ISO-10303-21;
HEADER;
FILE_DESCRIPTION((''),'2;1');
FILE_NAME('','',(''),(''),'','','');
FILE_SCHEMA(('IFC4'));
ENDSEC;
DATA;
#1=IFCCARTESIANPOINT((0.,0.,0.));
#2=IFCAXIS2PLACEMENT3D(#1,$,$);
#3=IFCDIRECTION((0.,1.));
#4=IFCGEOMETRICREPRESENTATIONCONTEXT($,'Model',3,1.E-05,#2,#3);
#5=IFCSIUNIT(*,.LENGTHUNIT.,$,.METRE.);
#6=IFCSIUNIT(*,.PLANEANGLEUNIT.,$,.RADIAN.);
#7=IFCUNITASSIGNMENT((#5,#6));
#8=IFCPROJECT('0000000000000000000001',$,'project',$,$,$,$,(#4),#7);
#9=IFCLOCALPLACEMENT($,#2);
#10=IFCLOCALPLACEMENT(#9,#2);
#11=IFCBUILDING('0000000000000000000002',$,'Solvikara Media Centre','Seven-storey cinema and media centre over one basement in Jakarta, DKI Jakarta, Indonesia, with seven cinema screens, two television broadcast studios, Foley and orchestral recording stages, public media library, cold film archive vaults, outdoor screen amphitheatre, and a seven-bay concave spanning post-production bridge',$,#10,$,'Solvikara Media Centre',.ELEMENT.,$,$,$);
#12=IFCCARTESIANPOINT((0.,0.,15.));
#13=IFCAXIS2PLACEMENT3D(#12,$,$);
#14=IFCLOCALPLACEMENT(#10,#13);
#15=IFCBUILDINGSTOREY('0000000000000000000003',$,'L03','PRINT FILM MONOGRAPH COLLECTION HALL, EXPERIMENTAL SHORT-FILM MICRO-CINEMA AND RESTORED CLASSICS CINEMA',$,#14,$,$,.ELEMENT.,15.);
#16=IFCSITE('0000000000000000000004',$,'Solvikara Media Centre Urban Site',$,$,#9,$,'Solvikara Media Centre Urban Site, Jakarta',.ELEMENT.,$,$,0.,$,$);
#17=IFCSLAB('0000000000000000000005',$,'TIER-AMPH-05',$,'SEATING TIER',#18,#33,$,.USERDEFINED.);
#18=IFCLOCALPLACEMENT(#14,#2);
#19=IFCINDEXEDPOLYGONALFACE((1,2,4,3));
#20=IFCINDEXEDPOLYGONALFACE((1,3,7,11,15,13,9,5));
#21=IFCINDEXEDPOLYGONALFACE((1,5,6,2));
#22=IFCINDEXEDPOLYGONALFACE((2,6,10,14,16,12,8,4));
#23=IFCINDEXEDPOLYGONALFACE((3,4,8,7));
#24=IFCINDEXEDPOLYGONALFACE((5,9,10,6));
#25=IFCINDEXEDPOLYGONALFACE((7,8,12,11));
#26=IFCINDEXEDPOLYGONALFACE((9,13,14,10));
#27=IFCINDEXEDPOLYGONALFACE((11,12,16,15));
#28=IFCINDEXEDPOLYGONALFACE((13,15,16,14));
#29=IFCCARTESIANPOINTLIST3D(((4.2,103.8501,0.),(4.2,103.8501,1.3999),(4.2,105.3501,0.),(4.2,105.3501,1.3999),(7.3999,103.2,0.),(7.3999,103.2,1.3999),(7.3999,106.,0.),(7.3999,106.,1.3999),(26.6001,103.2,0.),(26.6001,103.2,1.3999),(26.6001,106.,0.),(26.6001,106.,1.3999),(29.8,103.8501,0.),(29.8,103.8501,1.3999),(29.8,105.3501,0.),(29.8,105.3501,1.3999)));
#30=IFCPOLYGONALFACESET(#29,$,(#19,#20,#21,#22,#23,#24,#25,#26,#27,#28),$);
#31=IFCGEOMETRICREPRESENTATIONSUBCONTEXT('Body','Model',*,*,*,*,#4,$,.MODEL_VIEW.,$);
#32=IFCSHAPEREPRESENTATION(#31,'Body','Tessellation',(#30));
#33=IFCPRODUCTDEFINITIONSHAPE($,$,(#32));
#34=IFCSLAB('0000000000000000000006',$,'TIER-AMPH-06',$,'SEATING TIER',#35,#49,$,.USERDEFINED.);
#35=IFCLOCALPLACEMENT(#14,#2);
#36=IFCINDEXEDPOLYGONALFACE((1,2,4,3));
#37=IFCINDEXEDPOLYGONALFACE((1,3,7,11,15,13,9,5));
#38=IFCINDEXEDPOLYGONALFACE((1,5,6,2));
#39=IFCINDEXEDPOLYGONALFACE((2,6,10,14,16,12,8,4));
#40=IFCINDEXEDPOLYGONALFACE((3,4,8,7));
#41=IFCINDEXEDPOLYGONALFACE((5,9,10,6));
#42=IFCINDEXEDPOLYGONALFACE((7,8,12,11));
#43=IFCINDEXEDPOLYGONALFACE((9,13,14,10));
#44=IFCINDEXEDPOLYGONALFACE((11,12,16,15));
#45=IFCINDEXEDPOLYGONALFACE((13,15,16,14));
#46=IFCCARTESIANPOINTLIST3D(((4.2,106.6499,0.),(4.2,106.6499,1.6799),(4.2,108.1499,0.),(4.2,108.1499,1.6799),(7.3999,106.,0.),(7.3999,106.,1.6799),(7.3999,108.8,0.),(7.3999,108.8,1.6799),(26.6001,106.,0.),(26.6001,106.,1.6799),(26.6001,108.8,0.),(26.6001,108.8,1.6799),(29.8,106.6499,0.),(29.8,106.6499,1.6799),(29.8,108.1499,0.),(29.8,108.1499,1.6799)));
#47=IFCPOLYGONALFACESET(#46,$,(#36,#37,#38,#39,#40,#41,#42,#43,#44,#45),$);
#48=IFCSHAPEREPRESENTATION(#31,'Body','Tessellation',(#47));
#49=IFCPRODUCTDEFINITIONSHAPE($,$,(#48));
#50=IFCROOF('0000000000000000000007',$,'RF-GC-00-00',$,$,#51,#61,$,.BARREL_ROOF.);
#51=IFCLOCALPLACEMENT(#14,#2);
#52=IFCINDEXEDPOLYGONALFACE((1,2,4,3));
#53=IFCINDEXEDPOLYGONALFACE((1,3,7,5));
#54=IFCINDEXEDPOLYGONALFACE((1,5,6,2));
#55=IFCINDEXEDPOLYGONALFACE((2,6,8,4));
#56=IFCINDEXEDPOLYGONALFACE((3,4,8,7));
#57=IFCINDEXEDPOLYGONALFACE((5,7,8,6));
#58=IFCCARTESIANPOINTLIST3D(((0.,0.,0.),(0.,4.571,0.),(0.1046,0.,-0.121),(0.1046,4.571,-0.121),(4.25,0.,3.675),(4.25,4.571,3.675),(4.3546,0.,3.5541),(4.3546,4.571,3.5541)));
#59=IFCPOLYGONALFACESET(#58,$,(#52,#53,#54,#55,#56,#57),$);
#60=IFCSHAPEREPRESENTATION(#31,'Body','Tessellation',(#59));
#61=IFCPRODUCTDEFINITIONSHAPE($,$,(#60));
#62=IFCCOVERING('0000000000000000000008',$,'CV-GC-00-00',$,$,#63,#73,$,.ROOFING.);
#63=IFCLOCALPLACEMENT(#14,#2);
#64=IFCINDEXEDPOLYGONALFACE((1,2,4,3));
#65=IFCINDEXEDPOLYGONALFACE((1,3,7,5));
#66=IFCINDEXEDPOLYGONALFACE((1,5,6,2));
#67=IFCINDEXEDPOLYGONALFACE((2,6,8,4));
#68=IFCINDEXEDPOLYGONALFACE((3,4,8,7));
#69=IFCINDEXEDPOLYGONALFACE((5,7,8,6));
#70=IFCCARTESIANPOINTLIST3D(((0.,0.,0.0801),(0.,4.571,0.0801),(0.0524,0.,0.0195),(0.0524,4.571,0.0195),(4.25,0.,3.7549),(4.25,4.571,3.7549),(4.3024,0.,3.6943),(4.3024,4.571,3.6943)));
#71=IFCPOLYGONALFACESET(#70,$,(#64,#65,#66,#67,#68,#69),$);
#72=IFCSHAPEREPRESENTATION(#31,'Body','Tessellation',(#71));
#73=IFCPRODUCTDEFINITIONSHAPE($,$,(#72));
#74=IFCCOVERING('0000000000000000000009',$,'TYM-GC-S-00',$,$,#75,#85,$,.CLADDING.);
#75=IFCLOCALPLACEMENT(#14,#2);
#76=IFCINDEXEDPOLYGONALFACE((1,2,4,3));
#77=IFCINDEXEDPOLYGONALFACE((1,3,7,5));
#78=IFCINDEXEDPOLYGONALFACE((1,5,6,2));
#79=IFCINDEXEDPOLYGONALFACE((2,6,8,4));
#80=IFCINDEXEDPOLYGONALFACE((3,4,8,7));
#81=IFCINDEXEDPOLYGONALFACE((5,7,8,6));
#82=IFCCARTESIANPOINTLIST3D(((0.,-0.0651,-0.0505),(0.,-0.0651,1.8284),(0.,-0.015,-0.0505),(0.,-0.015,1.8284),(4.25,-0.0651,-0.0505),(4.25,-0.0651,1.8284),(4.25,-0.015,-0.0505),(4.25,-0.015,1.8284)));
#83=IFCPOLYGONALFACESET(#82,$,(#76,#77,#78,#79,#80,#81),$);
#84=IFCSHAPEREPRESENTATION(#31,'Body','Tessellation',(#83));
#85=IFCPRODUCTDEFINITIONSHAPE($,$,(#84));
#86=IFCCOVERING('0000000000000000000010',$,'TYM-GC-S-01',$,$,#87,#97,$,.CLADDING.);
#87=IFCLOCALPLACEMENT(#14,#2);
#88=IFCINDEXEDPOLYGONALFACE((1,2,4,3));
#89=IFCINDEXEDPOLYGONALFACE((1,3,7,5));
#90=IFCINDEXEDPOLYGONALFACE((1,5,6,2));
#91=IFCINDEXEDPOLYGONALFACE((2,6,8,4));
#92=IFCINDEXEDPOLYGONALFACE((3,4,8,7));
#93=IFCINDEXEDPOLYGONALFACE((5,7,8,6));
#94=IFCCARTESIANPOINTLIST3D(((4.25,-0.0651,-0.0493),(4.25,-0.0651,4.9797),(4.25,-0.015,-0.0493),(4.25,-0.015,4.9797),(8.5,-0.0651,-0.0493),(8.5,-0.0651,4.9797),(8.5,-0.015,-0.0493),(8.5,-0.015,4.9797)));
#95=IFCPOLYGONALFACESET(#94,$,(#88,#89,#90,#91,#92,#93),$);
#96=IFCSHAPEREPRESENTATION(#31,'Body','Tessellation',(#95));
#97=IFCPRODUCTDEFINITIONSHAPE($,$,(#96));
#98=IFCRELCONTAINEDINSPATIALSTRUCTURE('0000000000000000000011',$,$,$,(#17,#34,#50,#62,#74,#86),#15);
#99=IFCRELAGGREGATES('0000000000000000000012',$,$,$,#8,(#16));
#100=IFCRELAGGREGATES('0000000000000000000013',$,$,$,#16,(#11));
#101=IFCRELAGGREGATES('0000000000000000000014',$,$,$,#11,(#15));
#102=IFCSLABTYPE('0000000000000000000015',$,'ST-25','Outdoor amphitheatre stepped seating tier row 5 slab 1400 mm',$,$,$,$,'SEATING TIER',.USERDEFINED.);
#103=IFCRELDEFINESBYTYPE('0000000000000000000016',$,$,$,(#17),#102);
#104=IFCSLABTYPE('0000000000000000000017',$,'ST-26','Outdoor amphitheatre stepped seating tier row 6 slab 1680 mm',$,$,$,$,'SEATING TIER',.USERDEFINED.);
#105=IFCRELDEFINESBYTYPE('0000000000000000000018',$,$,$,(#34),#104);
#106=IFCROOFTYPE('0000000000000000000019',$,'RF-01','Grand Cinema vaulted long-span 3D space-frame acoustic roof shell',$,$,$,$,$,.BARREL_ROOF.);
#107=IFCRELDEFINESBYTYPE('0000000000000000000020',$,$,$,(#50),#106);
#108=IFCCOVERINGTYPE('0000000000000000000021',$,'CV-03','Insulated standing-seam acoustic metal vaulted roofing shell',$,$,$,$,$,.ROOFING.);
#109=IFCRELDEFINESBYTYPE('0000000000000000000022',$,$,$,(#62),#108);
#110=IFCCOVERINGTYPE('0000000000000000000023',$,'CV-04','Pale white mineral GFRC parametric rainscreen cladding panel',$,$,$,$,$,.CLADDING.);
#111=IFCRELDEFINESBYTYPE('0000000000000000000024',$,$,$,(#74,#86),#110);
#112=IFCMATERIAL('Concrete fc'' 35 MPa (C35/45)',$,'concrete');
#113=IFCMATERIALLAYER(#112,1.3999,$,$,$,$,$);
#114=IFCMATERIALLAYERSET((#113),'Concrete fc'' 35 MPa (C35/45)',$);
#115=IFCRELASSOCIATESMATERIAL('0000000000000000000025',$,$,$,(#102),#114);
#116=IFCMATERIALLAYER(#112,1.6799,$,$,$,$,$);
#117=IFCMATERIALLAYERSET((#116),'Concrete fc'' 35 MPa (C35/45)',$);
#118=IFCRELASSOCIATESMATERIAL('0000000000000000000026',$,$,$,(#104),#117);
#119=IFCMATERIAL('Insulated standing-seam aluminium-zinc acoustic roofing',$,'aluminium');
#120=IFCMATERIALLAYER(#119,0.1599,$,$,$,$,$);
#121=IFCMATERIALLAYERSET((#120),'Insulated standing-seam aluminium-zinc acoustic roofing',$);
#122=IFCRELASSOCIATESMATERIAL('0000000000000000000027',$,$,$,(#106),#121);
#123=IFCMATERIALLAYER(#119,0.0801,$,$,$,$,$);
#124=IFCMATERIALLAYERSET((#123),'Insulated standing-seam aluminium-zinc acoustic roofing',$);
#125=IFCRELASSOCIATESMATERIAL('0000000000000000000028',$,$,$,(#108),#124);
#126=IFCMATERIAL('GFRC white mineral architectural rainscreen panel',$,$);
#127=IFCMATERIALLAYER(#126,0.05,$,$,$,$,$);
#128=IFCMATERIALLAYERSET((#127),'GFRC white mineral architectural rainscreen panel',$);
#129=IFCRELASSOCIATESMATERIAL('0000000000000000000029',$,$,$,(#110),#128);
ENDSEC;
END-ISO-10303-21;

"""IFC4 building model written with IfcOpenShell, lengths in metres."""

from ifc_helpers import new_model, si_unit, direction, frame, origin, origin_2d, place, context, subcontext, project, spatial, polyline, rectangle, outline, extrude, material, layer, layer_set, type_object, element, save


model = new_model("IFC4")

# Units and contexts
model_context = context("Model", 3, precision=1e-05, world=origin(), true_north=direction((0.0, 1.0)))
body_context = subcontext(model_context, "Body", "Model", "MODEL_VIEW")
ifc_project = project(units=[si_unit("LENGTHUNIT", "METRE"), si_unit("PLANEANGLEUNIT", "RADIAN")], contexts=[model_context])

# Site, building, storey
site_placement = place(None, origin())
site = spatial("IfcSite", under=ifc_project, at=site_placement, Name="Solvikara Media Centre Urban Site", LongName="Solvikara Media Centre Urban Site, Jakarta", CompositionType="ELEMENT", RefElevation=0.0)
building_placement = place(site_placement, origin())
building = spatial("IfcBuilding", under=site, at=building_placement, Name="Solvikara Media Centre", Description="Seven-storey cinema and media centre over one basement in Jakarta, DKI Jakarta, Indonesia, with seven cinema screens, two television broadcast studios, Foley and orchestral recording stages, public media library, cold film archive vaults, outdoor screen amphitheatre, and a seven-bay concave spanning post-production bridge", LongName="Solvikara Media Centre", CompositionType="ELEMENT")
storey_placement = place(building_placement, frame((0.0, 0.0, 15.0)))
storey = spatial("IfcBuildingStorey", under=building, at=storey_placement, Name="L03", Description="PRINT FILM MONOGRAPH COLLECTION HALL, EXPERIMENTAL SHORT-FILM MICRO-CINEMA AND RESTORED CLASSICS CINEMA", CompositionType="ELEMENT", Elevation=15.0)

# Shared definitions
ifc_material_1 = material(Name="Concrete fc' 35 MPa (C35/45)", Category="concrete")

# Slabs
ifc_layer_1 = layer(ifc_material_1, 1.3999)
ifc_layer_set_1 = layer_set([ifc_layer_1], Name="Concrete fc' 35 MPa (C35/45)")
slab_type_1 = type_object("IfcSlabType", Name="ST-25", Description="Outdoor amphitheatre stepped seating tier row 5 slab 1400 mm", ElementType="SEATING TIER", PredefinedType="USERDEFINED", material=ifc_layer_set_1)
slab_1_placement = place(storey_placement, origin())
element("IfcSlab", 1, at=slab_1_placement, inside=storey, type_object=slab_type_1, Name="TIER-AMPH-05", ObjectType="SEATING TIER", PredefinedType="USERDEFINED", context=body_context, shape_type="SweptSolid", body=[
    extrude(outline(polyline([(7.3999, 103.2), (26.6001, 103.2), (29.8, 103.8501), (29.8, 105.3501), (26.6001, 106.0), (7.3999, 106.0), (4.2, 105.3501), (4.2, 103.8501), (7.3999, 103.2)])), origin(), (0.0, 0.0, 1.0), 1.3999),
])
ifc_layer_2 = layer(ifc_material_1, 1.6799)
ifc_layer_set_2 = layer_set([ifc_layer_2], Name="Concrete fc' 35 MPa (C35/45)")
slab_type_2 = type_object("IfcSlabType", Name="ST-26", Description="Outdoor amphitheatre stepped seating tier row 6 slab 1680 mm", ElementType="SEATING TIER", PredefinedType="USERDEFINED", material=ifc_layer_set_2)
slab_2_placement = place(storey_placement, origin())
element("IfcSlab", 2, at=slab_2_placement, inside=storey, type_object=slab_type_2, Name="TIER-AMPH-06", ObjectType="SEATING TIER", PredefinedType="USERDEFINED", context=body_context, shape_type="SweptSolid", body=[
    extrude(outline(polyline([(7.3999, 106.0), (26.6001, 106.0), (29.8, 106.6499), (29.8, 108.1499), (26.6001, 108.8), (7.3999, 108.8), (4.2, 108.1499), (4.2, 106.6499), (7.3999, 106.0)])), origin(), (0.0, 0.0, 1.0), 1.6799),
])

# Roof
ifc_material_2 = material(Name="Insulated standing-seam aluminium-zinc acoustic roofing", Category="aluminium")
ifc_layer_3 = layer(ifc_material_2, 0.1599)
ifc_layer_set_3 = layer_set([ifc_layer_3], Name="Insulated standing-seam aluminium-zinc acoustic roofing")
roof_type = type_object("IfcRoofType", Name="RF-01", Description="Grand Cinema vaulted long-span 3D space-frame acoustic roof shell", PredefinedType="BARREL_ROOF", material=ifc_layer_set_3)
roof_placement = place(storey_placement, frame((0.0, 0.0, 0.0), z_axis=(-0.654088, 0.0, 0.756418), x_axis=(0.756418, 0.0, 0.654088)))
element("IfcRoof", 3, at=roof_placement, inside=storey, type_object=roof_type, Name="RF-GC-00-00", PredefinedType="BARREL_ROOF", context=body_context, shape_type="SweptSolid", body=[
    extrude(outline(polyline([(0.0, 0.0), (5.6186, 0.0), (5.6186, 4.571), (0.0, 4.571), (0.0, 0.0)])), origin(), (0.0, 0.0, -1.0), 0.1599),
])

# Coverings
ifc_layer_4 = layer(ifc_material_2, 0.0801)
ifc_layer_set_4 = layer_set([ifc_layer_4], Name="Insulated standing-seam aluminium-zinc acoustic roofing")
covering_type_1 = type_object("IfcCoveringType", Name="CV-03", Description="Insulated standing-seam acoustic metal vaulted roofing shell", PredefinedType="ROOFING", material=ifc_layer_set_4)
covering_1_placement = place(storey_placement, frame((0.0, 0.0, 0.0801), z_axis=(-0.654063, 0.0, 0.75644), x_axis=(0.75644, 0.0, 0.654063)))
element("IfcCovering", 4, at=covering_1_placement, inside=storey, type_object=covering_type_1, Name="CV-GC-00-00", PredefinedType="ROOFING", context=body_context, shape_type="SweptSolid", body=[
    extrude(outline(polyline([(0.0, 0.0), (5.6184, 0.0), (5.6184, 4.571), (0.0, 4.571), (0.0, 0.0)])), origin(), (0.0, 0.0, -1.0), 0.0801),
])
ifc_material_3 = material(Name="GFRC white mineral architectural rainscreen panel")
ifc_layer_5 = layer(ifc_material_3, 0.05)
ifc_layer_set_5 = layer_set([ifc_layer_5], Name="GFRC white mineral architectural rainscreen panel")
covering_type_2 = type_object("IfcCoveringType", Name="CV-04", Description="Pale white mineral GFRC parametric rainscreen cladding panel", PredefinedType="CLADDING", material=ifc_layer_set_5)
covering_2_placement = place(storey_placement, frame((2.125, -0.04, -0.0505), z_axis=(0.0, 0.0, 1.0), x_axis=(1.0, 0.0, 0.0)))
element("IfcCovering", 5, at=covering_2_placement, inside=storey, type_object=covering_type_2, Name="TYM-GC-S-00", PredefinedType="CLADDING", context=body_context, shape_type="SweptSolid", body=[
    extrude(rectangle(XDim=4.25, YDim=0.05, at=origin_2d()), origin(), (0.0, 0.0, 1.0), 1.8789),
])
covering_3_placement = place(storey_placement, frame((6.375, -0.04, -0.0493), z_axis=(0.0, 0.0, 1.0), x_axis=(1.0, 0.0, 0.0)))
element("IfcCovering", 6, at=covering_3_placement, inside=storey, type_object=covering_type_2, Name="TYM-GC-S-01", PredefinedType="CLADDING", context=body_context, shape_type="SweptSolid", body=[
    extrude(rectangle(XDim=4.25, YDim=0.05, at=origin_2d()), origin(), (0.0, 0.0, 1.0), 5.0291),
])

save(model, "model.ifc")
